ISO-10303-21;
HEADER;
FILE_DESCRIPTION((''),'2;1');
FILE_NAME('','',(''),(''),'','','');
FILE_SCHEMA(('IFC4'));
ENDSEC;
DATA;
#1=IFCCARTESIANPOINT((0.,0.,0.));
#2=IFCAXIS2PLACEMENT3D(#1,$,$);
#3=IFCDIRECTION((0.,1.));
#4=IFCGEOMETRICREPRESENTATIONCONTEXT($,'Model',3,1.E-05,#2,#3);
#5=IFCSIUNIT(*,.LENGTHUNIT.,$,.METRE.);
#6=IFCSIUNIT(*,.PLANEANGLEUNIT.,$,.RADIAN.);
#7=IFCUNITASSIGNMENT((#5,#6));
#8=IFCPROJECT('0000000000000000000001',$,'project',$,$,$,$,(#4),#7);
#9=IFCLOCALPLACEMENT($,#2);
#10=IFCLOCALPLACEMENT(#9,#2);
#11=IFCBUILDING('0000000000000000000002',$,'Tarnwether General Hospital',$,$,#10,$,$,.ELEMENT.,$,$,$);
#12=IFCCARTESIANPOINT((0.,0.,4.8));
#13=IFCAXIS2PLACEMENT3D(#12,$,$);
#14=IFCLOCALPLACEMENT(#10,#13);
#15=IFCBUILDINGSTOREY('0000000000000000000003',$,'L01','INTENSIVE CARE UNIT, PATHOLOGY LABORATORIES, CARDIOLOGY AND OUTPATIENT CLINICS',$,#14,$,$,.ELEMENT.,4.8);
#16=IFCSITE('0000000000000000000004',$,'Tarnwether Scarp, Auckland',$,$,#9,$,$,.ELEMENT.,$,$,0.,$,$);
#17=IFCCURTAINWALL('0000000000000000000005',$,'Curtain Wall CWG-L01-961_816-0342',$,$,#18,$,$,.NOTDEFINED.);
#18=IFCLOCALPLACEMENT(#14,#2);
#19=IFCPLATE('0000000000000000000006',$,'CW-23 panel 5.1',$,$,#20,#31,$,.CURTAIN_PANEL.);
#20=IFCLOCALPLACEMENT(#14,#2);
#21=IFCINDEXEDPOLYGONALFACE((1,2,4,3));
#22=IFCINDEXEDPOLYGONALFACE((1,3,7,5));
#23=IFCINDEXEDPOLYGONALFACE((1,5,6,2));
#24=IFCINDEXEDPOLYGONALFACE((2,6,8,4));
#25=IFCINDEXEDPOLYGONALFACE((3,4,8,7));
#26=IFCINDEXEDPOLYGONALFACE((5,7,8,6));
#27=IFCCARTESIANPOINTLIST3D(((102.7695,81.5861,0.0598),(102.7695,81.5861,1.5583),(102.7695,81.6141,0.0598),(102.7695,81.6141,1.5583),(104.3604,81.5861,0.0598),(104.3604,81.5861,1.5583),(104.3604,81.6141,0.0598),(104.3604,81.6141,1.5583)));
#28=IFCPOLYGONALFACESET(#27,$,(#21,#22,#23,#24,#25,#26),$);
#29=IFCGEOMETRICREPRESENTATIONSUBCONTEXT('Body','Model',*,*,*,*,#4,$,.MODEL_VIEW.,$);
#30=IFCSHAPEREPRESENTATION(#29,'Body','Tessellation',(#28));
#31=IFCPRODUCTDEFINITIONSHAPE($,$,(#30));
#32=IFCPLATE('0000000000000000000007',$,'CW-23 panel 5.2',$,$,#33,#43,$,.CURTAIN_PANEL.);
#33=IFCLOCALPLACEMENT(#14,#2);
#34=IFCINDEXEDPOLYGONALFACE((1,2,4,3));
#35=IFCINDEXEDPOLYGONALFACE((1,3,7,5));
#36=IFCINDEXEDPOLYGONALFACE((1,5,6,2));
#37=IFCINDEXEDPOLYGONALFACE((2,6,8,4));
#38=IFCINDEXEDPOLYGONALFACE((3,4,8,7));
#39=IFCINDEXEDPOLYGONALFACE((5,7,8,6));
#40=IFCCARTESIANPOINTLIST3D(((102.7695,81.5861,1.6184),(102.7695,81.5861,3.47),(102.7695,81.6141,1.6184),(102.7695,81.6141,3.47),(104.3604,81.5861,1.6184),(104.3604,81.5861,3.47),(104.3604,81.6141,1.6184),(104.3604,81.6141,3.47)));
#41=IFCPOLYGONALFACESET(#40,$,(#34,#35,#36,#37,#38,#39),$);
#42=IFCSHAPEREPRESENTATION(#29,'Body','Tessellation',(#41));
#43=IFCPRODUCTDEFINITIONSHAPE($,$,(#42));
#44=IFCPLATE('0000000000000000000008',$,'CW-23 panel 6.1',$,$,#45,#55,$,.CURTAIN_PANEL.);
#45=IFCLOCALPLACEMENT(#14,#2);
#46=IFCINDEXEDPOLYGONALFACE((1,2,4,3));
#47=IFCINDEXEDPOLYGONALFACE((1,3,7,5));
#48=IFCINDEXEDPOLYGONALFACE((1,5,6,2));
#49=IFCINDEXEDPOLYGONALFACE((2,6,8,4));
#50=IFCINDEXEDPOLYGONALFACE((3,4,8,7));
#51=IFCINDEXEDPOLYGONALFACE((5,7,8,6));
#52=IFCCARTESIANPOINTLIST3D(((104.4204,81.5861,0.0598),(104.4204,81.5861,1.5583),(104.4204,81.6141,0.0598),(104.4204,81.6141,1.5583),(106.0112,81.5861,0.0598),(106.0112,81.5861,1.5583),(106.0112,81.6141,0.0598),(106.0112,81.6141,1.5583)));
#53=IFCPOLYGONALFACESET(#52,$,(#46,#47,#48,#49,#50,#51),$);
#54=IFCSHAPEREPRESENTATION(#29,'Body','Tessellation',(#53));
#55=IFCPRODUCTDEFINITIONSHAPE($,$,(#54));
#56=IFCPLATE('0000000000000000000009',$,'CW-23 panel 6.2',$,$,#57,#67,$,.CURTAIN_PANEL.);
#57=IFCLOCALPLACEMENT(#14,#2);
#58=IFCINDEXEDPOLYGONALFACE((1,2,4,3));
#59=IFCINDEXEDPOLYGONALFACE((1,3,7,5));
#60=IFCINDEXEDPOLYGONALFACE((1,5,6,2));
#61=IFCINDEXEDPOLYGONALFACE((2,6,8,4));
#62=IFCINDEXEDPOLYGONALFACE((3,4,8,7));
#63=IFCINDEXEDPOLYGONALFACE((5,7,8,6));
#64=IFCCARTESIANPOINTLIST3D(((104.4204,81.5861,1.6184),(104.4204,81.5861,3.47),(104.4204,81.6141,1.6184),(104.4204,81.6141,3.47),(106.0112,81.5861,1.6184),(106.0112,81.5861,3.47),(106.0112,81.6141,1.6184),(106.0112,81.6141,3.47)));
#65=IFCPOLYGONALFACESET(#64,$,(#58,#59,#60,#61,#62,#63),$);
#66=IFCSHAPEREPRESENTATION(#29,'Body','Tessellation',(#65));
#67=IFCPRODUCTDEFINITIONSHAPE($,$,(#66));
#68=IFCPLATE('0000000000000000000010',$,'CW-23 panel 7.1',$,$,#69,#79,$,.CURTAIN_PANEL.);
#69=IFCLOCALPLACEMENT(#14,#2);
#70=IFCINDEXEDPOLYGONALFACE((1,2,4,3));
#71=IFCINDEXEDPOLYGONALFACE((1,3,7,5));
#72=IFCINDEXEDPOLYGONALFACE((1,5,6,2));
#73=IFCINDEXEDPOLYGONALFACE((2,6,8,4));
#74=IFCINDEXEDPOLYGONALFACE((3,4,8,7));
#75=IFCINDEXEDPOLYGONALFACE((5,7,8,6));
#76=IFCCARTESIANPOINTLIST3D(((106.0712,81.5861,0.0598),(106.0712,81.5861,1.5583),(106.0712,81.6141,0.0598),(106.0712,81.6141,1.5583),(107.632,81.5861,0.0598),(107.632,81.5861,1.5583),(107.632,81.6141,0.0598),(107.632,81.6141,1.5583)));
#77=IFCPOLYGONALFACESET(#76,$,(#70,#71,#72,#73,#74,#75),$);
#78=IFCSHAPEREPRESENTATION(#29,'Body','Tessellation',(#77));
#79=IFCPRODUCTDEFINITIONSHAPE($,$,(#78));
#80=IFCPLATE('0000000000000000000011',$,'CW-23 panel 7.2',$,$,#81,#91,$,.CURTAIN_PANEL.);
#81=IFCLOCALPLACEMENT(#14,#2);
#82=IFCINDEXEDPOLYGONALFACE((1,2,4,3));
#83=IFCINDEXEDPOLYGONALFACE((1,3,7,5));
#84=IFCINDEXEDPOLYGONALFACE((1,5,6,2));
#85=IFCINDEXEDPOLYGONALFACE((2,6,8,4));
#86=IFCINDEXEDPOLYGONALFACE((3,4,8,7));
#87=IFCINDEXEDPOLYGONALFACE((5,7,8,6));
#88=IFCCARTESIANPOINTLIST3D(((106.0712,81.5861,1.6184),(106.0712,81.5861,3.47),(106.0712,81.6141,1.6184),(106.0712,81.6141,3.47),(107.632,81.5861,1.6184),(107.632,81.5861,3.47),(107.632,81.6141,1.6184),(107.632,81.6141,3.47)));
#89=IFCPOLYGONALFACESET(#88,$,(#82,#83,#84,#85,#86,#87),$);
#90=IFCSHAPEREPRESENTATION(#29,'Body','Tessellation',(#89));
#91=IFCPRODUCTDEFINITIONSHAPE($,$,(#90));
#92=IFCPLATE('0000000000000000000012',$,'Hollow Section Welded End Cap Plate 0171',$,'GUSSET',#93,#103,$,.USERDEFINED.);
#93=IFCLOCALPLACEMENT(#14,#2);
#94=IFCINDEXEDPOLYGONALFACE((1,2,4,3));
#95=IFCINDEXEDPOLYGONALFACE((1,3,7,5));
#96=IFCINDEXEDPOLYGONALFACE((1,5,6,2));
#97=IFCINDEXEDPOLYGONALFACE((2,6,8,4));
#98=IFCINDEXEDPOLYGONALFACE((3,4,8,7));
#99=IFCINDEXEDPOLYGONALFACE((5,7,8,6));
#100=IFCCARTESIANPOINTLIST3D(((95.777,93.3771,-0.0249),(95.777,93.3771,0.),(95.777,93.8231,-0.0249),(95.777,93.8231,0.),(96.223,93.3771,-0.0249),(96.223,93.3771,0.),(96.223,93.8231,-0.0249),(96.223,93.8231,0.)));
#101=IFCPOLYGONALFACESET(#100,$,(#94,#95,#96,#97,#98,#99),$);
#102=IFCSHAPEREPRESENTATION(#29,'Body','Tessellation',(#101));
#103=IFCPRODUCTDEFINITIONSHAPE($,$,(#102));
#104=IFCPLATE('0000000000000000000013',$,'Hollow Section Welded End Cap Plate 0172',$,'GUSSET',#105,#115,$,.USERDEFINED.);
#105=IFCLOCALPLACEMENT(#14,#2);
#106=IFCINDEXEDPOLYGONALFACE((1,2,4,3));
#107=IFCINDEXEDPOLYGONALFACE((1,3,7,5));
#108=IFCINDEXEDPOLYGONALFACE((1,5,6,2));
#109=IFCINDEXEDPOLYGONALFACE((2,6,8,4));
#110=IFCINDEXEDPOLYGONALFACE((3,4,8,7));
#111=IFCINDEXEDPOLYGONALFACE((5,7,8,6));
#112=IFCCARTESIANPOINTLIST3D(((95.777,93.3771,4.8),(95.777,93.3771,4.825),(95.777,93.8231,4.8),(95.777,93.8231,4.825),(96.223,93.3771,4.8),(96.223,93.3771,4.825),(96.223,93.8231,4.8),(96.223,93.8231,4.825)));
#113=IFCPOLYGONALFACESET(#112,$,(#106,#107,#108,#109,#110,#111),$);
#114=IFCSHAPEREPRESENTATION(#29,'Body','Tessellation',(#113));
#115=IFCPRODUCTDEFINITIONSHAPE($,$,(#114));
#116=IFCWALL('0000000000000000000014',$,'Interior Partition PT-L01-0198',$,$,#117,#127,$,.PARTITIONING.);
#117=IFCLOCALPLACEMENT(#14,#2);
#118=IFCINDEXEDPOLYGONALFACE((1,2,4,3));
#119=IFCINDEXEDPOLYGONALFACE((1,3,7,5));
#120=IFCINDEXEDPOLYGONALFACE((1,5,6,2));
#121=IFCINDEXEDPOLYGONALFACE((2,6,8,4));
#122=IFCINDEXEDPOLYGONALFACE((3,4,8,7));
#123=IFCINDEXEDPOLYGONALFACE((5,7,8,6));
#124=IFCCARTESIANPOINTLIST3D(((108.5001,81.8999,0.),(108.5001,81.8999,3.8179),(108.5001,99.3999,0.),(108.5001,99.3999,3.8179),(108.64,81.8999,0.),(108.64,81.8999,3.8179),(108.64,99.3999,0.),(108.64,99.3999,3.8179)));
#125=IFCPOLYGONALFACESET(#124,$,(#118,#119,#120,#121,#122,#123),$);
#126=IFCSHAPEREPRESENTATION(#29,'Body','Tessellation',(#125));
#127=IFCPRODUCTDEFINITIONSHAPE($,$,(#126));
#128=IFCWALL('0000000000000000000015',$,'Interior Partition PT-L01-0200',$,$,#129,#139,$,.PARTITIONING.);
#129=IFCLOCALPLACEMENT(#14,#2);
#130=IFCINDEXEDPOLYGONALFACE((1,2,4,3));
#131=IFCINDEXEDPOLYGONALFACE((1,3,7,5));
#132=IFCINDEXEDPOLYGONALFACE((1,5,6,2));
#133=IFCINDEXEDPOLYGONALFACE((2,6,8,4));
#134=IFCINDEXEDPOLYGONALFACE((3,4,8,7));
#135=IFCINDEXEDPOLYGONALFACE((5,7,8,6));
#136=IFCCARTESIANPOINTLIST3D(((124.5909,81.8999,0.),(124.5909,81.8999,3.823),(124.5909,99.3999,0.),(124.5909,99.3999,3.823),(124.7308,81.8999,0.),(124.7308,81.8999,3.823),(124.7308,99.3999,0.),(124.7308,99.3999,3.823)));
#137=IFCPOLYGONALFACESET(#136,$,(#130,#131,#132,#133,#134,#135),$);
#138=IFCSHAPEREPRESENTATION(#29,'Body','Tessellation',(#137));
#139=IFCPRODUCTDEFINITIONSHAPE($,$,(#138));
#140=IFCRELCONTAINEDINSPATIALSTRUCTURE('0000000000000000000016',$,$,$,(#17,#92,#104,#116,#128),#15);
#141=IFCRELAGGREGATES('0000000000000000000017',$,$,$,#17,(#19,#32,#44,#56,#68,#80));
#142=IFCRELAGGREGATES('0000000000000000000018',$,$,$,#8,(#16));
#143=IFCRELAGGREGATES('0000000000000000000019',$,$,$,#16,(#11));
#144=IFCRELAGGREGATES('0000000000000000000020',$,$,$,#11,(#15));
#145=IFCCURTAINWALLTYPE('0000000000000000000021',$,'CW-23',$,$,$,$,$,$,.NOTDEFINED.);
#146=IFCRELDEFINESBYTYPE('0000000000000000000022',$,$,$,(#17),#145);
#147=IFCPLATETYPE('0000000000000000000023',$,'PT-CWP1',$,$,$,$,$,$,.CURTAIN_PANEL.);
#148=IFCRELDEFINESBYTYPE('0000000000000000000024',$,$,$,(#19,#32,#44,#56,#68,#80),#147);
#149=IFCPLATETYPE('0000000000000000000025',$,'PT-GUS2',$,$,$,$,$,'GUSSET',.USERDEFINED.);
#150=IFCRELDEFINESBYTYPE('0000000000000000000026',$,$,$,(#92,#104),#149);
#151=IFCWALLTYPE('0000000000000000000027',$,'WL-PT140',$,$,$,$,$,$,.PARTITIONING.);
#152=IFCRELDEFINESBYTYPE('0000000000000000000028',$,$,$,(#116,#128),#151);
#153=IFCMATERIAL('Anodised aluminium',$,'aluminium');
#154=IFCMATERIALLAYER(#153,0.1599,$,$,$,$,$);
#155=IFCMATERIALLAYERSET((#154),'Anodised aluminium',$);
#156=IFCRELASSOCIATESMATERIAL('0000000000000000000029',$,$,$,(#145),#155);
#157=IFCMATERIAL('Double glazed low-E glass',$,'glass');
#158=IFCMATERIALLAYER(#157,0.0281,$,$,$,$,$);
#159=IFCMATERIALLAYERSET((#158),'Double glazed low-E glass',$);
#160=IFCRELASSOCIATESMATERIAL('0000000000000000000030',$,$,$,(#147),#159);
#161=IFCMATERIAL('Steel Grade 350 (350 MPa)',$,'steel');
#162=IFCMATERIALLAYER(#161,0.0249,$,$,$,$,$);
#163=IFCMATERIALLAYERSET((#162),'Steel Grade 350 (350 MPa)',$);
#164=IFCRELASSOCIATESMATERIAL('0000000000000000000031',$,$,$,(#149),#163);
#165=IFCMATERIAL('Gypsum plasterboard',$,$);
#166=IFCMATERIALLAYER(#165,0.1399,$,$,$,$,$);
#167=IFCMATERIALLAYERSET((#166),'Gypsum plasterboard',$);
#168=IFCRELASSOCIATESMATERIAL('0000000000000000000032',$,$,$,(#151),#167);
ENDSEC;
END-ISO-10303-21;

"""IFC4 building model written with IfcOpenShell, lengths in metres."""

from ifc_helpers import new_model, si_unit, direction, frame, frame_2d, origin, origin_2d, place, context, subcontext, project, spatial, rectangle, extrude, material, layer, layer_set, type_object, element, aggregate, save


model = new_model("IFC4")

# Units and contexts
model_context = context("Model", 3, precision=1e-05, world=origin(), true_north=direction((0.0, 1.0)))
body_context = subcontext(model_context, "Body", "Model", "MODEL_VIEW")
ifc_project = project(units=[si_unit("LENGTHUNIT", "METRE"), si_unit("PLANEANGLEUNIT", "RADIAN")], contexts=[model_context])

# Site, building, storey
site_placement = place(None, origin())
site = spatial("IfcSite", under=ifc_project, at=site_placement, Name="Tarnwether Scarp, Auckland", CompositionType="ELEMENT", RefElevation=0.0)
building_placement = place(site_placement, origin())
building = spatial("IfcBuilding", under=site, at=building_placement, Name="Tarnwether General Hospital", CompositionType="ELEMENT")
storey_placement = place(building_placement, frame((0.0, 0.0, 4.8)))
storey = spatial("IfcBuildingStorey", under=building, at=storey_placement, Name="L01", Description="INTENSIVE CARE UNIT, PATHOLOGY LABORATORIES, CARDIOLOGY AND OUTPATIENT CLINICS", CompositionType="ELEMENT", Elevation=4.8)

# Curtain wall, plates
ifc_material_1 = material(Name="Anodised aluminium", Category="aluminium")
ifc_layer_1 = layer(ifc_material_1, 0.1599)
ifc_layer_set_1 = layer_set([ifc_layer_1], Name="Anodised aluminium")
curtain_wall_type = type_object("IfcCurtainWallType", Name="CW-23", PredefinedType="NOTDEFINED", material=ifc_layer_set_1)
curtain_wall_placement = place(storey_placement, origin())
curtain_wall = element("IfcCurtainWall", 1, at=curtain_wall_placement, inside=storey, type_object=curtain_wall_type, Name="Curtain Wall CWG-L01-961_816-0342", PredefinedType="NOTDEFINED")
ifc_material_2 = material(Name="Double glazed low-E glass", Category="glass")
ifc_layer_2 = layer(ifc_material_2, 0.0281)
ifc_layer_set_2 = layer_set([ifc_layer_2], Name="Double glazed low-E glass")
plate_type_1 = type_object("IfcPlateType", Name="PT-CWP1", PredefinedType="CURTAIN_PANEL", material=ifc_layer_set_2)
plate_1_placement = place(storey_placement, frame((103.5649, 81.6001, 0.0598), z_axis=(0.0, 0.0, 1.0), x_axis=(1.0, 0.0, 0.0)))
plate_1 = element("IfcPlate", 2, at=plate_1_placement, type_object=plate_type_1, Name="CW-23 panel 5.1", PredefinedType="CURTAIN_PANEL", context=body_context, shape_type="SweptSolid", body=[
    extrude(rectangle(XDim=1.5908, YDim=0.0281, at=origin_2d()), origin(), (0.0, 0.0, 1.0), 1.4985),
])
plate_2_placement = place(storey_placement, frame((103.5649, 81.6001, 1.6184), z_axis=(0.0, 0.0, 1.0), x_axis=(1.0, 0.0, 0.0)))
plate_2 = element("IfcPlate", 3, at=plate_2_placement, type_object=plate_type_1, Name="CW-23 panel 5.2", PredefinedType="CURTAIN_PANEL", context=body_context, shape_type="SweptSolid", body=[
    extrude(rectangle(XDim=1.5908, YDim=0.0281, at=origin_2d()), origin(), (0.0, 0.0, 1.0), 1.8516),
])
plate_3_placement = place(storey_placement, frame((105.2158, 81.6001, 0.0598), z_axis=(0.0, 0.0, 1.0), x_axis=(1.0, 0.0, 0.0)))
plate_3 = element("IfcPlate", 4, at=plate_3_placement, type_object=plate_type_1, Name="CW-23 panel 6.1", PredefinedType="CURTAIN_PANEL", context=body_context, shape_type="SweptSolid", body=[
    extrude(rectangle(XDim=1.5908, YDim=0.0281, at=origin_2d()), origin(), (0.0, 0.0, 1.0), 1.4985),
])
plate_4_placement = place(storey_placement, frame((105.2158, 81.6001, 1.6184), z_axis=(0.0, 0.0, 1.0), x_axis=(1.0, 0.0, 0.0)))
plate_4 = element("IfcPlate", 5, at=plate_4_placement, type_object=plate_type_1, Name="CW-23 panel 6.2", PredefinedType="CURTAIN_PANEL", context=body_context, shape_type="SweptSolid", body=[
    extrude(rectangle(XDim=1.5908, YDim=0.0281, at=origin_2d()), origin(), (0.0, 0.0, 1.0), 1.8516),
])
plate_5_placement = place(storey_placement, frame((106.8516, 81.6001, 0.0598), z_axis=(0.0, 0.0, 1.0), x_axis=(1.0, 0.0, 0.0)))
plate_5 = element("IfcPlate", 6, at=plate_5_placement, type_object=plate_type_1, Name="CW-23 panel 7.1", PredefinedType="CURTAIN_PANEL", context=body_context, shape_type="SweptSolid", body=[
    extrude(rectangle(XDim=1.5608, YDim=0.0281, at=origin_2d()), origin(), (0.0, 0.0, 1.0), 1.4985),
])
plate_6_placement = place(storey_placement, frame((106.8516, 81.6001, 1.6184), z_axis=(0.0, 0.0, 1.0), x_axis=(1.0, 0.0, 0.0)))
plate_6 = element("IfcPlate", 7, at=plate_6_placement, type_object=plate_type_1, Name="CW-23 panel 7.2", PredefinedType="CURTAIN_PANEL", context=body_context, shape_type="SweptSolid", body=[
    extrude(rectangle(XDim=1.5608, YDim=0.0281, at=origin_2d()), origin(), (0.0, 0.0, 1.0), 1.8516),
])
aggregate(curtain_wall, [plate_1, plate_2, plate_3, plate_4, plate_5, plate_6])

# Plates
ifc_material_3 = material(Name="Steel Grade 350 (350 MPa)", Category="steel")
ifc_layer_3 = layer(ifc_material_3, 0.0249)
ifc_layer_set_3 = layer_set([ifc_layer_3], Name="Steel Grade 350 (350 MPa)")
plate_type_2 = type_object("IfcPlateType", Name="PT-GUS2", ElementType="GUSSET", PredefinedType="USERDEFINED", material=ifc_layer_set_3)
for number, where, z_axis, x_axis, name in (
    (8, (96.0, 93.6001, -0.0249), (0.0, 0.0, 1.0), (1.0, 0.0, 0.0), "Hollow Section Welded End Cap Plate 0171"),
    (9, (96.0, 93.6001, 4.8), (0.0, 0.0, 1.0), (1.0, 0.0, 0.0), "Hollow Section Welded End Cap Plate 0172"),
):
    element("IfcPlate", number, at=place(storey_placement, frame(where, z_axis=z_axis, x_axis=x_axis)), inside=storey, type_object=plate_type_2, Name=name, ObjectType="GUSSET", PredefinedType="USERDEFINED", context=body_context, shape_type="SweptSolid", body=[
        extrude(rectangle(XDim=0.446, YDim=0.446, at=origin_2d()), origin(), (0.0, 0.0, 1.0), 0.0249),
    ])

# Walls
ifc_material_4 = material(Name="Gypsum plasterboard")
ifc_layer_4 = layer(ifc_material_4, 0.1399)
ifc_layer_set_4 = layer_set([ifc_layer_4], Name="Gypsum plasterboard")
wall_type = type_object("IfcWallType", Name="WL-PT140", PredefinedType="PARTITIONING", material=ifc_layer_set_4)
wall_1_placement = place(storey_placement, frame((108.5701, 81.8999, 0.0), z_axis=(0.0, 0.0, 1.0), x_axis=(0.0, 1.0, 0.0)))
element("IfcWall", 10, at=wall_1_placement, inside=storey, type_object=wall_type, Name="Interior Partition PT-L01-0198", PredefinedType="PARTITIONING", context=body_context, shape_type="SweptSolid", body=[
    extrude(rectangle(XDim=17.5, YDim=0.1399, at=frame_2d((8.75, 0.0))), origin(), (0.0, 0.0, 1.0), 3.8179),
])
wall_2_placement = place(storey_placement, frame((124.6609, 81.8999, 0.0), z_axis=(0.0, 0.0, 1.0), x_axis=(0.0, 1.0, 0.0)))
element("IfcWall", 11, at=wall_2_placement, inside=storey, type_object=wall_type, Name="Interior Partition PT-L01-0200", PredefinedType="PARTITIONING", context=body_context, shape_type="SweptSolid", body=[
    extrude(rectangle(XDim=17.5, YDim=0.1399, at=frame_2d((8.75, 0.0))), origin(), (0.0, 0.0, 1.0), 3.823),
])

save(model, "model.ifc")
